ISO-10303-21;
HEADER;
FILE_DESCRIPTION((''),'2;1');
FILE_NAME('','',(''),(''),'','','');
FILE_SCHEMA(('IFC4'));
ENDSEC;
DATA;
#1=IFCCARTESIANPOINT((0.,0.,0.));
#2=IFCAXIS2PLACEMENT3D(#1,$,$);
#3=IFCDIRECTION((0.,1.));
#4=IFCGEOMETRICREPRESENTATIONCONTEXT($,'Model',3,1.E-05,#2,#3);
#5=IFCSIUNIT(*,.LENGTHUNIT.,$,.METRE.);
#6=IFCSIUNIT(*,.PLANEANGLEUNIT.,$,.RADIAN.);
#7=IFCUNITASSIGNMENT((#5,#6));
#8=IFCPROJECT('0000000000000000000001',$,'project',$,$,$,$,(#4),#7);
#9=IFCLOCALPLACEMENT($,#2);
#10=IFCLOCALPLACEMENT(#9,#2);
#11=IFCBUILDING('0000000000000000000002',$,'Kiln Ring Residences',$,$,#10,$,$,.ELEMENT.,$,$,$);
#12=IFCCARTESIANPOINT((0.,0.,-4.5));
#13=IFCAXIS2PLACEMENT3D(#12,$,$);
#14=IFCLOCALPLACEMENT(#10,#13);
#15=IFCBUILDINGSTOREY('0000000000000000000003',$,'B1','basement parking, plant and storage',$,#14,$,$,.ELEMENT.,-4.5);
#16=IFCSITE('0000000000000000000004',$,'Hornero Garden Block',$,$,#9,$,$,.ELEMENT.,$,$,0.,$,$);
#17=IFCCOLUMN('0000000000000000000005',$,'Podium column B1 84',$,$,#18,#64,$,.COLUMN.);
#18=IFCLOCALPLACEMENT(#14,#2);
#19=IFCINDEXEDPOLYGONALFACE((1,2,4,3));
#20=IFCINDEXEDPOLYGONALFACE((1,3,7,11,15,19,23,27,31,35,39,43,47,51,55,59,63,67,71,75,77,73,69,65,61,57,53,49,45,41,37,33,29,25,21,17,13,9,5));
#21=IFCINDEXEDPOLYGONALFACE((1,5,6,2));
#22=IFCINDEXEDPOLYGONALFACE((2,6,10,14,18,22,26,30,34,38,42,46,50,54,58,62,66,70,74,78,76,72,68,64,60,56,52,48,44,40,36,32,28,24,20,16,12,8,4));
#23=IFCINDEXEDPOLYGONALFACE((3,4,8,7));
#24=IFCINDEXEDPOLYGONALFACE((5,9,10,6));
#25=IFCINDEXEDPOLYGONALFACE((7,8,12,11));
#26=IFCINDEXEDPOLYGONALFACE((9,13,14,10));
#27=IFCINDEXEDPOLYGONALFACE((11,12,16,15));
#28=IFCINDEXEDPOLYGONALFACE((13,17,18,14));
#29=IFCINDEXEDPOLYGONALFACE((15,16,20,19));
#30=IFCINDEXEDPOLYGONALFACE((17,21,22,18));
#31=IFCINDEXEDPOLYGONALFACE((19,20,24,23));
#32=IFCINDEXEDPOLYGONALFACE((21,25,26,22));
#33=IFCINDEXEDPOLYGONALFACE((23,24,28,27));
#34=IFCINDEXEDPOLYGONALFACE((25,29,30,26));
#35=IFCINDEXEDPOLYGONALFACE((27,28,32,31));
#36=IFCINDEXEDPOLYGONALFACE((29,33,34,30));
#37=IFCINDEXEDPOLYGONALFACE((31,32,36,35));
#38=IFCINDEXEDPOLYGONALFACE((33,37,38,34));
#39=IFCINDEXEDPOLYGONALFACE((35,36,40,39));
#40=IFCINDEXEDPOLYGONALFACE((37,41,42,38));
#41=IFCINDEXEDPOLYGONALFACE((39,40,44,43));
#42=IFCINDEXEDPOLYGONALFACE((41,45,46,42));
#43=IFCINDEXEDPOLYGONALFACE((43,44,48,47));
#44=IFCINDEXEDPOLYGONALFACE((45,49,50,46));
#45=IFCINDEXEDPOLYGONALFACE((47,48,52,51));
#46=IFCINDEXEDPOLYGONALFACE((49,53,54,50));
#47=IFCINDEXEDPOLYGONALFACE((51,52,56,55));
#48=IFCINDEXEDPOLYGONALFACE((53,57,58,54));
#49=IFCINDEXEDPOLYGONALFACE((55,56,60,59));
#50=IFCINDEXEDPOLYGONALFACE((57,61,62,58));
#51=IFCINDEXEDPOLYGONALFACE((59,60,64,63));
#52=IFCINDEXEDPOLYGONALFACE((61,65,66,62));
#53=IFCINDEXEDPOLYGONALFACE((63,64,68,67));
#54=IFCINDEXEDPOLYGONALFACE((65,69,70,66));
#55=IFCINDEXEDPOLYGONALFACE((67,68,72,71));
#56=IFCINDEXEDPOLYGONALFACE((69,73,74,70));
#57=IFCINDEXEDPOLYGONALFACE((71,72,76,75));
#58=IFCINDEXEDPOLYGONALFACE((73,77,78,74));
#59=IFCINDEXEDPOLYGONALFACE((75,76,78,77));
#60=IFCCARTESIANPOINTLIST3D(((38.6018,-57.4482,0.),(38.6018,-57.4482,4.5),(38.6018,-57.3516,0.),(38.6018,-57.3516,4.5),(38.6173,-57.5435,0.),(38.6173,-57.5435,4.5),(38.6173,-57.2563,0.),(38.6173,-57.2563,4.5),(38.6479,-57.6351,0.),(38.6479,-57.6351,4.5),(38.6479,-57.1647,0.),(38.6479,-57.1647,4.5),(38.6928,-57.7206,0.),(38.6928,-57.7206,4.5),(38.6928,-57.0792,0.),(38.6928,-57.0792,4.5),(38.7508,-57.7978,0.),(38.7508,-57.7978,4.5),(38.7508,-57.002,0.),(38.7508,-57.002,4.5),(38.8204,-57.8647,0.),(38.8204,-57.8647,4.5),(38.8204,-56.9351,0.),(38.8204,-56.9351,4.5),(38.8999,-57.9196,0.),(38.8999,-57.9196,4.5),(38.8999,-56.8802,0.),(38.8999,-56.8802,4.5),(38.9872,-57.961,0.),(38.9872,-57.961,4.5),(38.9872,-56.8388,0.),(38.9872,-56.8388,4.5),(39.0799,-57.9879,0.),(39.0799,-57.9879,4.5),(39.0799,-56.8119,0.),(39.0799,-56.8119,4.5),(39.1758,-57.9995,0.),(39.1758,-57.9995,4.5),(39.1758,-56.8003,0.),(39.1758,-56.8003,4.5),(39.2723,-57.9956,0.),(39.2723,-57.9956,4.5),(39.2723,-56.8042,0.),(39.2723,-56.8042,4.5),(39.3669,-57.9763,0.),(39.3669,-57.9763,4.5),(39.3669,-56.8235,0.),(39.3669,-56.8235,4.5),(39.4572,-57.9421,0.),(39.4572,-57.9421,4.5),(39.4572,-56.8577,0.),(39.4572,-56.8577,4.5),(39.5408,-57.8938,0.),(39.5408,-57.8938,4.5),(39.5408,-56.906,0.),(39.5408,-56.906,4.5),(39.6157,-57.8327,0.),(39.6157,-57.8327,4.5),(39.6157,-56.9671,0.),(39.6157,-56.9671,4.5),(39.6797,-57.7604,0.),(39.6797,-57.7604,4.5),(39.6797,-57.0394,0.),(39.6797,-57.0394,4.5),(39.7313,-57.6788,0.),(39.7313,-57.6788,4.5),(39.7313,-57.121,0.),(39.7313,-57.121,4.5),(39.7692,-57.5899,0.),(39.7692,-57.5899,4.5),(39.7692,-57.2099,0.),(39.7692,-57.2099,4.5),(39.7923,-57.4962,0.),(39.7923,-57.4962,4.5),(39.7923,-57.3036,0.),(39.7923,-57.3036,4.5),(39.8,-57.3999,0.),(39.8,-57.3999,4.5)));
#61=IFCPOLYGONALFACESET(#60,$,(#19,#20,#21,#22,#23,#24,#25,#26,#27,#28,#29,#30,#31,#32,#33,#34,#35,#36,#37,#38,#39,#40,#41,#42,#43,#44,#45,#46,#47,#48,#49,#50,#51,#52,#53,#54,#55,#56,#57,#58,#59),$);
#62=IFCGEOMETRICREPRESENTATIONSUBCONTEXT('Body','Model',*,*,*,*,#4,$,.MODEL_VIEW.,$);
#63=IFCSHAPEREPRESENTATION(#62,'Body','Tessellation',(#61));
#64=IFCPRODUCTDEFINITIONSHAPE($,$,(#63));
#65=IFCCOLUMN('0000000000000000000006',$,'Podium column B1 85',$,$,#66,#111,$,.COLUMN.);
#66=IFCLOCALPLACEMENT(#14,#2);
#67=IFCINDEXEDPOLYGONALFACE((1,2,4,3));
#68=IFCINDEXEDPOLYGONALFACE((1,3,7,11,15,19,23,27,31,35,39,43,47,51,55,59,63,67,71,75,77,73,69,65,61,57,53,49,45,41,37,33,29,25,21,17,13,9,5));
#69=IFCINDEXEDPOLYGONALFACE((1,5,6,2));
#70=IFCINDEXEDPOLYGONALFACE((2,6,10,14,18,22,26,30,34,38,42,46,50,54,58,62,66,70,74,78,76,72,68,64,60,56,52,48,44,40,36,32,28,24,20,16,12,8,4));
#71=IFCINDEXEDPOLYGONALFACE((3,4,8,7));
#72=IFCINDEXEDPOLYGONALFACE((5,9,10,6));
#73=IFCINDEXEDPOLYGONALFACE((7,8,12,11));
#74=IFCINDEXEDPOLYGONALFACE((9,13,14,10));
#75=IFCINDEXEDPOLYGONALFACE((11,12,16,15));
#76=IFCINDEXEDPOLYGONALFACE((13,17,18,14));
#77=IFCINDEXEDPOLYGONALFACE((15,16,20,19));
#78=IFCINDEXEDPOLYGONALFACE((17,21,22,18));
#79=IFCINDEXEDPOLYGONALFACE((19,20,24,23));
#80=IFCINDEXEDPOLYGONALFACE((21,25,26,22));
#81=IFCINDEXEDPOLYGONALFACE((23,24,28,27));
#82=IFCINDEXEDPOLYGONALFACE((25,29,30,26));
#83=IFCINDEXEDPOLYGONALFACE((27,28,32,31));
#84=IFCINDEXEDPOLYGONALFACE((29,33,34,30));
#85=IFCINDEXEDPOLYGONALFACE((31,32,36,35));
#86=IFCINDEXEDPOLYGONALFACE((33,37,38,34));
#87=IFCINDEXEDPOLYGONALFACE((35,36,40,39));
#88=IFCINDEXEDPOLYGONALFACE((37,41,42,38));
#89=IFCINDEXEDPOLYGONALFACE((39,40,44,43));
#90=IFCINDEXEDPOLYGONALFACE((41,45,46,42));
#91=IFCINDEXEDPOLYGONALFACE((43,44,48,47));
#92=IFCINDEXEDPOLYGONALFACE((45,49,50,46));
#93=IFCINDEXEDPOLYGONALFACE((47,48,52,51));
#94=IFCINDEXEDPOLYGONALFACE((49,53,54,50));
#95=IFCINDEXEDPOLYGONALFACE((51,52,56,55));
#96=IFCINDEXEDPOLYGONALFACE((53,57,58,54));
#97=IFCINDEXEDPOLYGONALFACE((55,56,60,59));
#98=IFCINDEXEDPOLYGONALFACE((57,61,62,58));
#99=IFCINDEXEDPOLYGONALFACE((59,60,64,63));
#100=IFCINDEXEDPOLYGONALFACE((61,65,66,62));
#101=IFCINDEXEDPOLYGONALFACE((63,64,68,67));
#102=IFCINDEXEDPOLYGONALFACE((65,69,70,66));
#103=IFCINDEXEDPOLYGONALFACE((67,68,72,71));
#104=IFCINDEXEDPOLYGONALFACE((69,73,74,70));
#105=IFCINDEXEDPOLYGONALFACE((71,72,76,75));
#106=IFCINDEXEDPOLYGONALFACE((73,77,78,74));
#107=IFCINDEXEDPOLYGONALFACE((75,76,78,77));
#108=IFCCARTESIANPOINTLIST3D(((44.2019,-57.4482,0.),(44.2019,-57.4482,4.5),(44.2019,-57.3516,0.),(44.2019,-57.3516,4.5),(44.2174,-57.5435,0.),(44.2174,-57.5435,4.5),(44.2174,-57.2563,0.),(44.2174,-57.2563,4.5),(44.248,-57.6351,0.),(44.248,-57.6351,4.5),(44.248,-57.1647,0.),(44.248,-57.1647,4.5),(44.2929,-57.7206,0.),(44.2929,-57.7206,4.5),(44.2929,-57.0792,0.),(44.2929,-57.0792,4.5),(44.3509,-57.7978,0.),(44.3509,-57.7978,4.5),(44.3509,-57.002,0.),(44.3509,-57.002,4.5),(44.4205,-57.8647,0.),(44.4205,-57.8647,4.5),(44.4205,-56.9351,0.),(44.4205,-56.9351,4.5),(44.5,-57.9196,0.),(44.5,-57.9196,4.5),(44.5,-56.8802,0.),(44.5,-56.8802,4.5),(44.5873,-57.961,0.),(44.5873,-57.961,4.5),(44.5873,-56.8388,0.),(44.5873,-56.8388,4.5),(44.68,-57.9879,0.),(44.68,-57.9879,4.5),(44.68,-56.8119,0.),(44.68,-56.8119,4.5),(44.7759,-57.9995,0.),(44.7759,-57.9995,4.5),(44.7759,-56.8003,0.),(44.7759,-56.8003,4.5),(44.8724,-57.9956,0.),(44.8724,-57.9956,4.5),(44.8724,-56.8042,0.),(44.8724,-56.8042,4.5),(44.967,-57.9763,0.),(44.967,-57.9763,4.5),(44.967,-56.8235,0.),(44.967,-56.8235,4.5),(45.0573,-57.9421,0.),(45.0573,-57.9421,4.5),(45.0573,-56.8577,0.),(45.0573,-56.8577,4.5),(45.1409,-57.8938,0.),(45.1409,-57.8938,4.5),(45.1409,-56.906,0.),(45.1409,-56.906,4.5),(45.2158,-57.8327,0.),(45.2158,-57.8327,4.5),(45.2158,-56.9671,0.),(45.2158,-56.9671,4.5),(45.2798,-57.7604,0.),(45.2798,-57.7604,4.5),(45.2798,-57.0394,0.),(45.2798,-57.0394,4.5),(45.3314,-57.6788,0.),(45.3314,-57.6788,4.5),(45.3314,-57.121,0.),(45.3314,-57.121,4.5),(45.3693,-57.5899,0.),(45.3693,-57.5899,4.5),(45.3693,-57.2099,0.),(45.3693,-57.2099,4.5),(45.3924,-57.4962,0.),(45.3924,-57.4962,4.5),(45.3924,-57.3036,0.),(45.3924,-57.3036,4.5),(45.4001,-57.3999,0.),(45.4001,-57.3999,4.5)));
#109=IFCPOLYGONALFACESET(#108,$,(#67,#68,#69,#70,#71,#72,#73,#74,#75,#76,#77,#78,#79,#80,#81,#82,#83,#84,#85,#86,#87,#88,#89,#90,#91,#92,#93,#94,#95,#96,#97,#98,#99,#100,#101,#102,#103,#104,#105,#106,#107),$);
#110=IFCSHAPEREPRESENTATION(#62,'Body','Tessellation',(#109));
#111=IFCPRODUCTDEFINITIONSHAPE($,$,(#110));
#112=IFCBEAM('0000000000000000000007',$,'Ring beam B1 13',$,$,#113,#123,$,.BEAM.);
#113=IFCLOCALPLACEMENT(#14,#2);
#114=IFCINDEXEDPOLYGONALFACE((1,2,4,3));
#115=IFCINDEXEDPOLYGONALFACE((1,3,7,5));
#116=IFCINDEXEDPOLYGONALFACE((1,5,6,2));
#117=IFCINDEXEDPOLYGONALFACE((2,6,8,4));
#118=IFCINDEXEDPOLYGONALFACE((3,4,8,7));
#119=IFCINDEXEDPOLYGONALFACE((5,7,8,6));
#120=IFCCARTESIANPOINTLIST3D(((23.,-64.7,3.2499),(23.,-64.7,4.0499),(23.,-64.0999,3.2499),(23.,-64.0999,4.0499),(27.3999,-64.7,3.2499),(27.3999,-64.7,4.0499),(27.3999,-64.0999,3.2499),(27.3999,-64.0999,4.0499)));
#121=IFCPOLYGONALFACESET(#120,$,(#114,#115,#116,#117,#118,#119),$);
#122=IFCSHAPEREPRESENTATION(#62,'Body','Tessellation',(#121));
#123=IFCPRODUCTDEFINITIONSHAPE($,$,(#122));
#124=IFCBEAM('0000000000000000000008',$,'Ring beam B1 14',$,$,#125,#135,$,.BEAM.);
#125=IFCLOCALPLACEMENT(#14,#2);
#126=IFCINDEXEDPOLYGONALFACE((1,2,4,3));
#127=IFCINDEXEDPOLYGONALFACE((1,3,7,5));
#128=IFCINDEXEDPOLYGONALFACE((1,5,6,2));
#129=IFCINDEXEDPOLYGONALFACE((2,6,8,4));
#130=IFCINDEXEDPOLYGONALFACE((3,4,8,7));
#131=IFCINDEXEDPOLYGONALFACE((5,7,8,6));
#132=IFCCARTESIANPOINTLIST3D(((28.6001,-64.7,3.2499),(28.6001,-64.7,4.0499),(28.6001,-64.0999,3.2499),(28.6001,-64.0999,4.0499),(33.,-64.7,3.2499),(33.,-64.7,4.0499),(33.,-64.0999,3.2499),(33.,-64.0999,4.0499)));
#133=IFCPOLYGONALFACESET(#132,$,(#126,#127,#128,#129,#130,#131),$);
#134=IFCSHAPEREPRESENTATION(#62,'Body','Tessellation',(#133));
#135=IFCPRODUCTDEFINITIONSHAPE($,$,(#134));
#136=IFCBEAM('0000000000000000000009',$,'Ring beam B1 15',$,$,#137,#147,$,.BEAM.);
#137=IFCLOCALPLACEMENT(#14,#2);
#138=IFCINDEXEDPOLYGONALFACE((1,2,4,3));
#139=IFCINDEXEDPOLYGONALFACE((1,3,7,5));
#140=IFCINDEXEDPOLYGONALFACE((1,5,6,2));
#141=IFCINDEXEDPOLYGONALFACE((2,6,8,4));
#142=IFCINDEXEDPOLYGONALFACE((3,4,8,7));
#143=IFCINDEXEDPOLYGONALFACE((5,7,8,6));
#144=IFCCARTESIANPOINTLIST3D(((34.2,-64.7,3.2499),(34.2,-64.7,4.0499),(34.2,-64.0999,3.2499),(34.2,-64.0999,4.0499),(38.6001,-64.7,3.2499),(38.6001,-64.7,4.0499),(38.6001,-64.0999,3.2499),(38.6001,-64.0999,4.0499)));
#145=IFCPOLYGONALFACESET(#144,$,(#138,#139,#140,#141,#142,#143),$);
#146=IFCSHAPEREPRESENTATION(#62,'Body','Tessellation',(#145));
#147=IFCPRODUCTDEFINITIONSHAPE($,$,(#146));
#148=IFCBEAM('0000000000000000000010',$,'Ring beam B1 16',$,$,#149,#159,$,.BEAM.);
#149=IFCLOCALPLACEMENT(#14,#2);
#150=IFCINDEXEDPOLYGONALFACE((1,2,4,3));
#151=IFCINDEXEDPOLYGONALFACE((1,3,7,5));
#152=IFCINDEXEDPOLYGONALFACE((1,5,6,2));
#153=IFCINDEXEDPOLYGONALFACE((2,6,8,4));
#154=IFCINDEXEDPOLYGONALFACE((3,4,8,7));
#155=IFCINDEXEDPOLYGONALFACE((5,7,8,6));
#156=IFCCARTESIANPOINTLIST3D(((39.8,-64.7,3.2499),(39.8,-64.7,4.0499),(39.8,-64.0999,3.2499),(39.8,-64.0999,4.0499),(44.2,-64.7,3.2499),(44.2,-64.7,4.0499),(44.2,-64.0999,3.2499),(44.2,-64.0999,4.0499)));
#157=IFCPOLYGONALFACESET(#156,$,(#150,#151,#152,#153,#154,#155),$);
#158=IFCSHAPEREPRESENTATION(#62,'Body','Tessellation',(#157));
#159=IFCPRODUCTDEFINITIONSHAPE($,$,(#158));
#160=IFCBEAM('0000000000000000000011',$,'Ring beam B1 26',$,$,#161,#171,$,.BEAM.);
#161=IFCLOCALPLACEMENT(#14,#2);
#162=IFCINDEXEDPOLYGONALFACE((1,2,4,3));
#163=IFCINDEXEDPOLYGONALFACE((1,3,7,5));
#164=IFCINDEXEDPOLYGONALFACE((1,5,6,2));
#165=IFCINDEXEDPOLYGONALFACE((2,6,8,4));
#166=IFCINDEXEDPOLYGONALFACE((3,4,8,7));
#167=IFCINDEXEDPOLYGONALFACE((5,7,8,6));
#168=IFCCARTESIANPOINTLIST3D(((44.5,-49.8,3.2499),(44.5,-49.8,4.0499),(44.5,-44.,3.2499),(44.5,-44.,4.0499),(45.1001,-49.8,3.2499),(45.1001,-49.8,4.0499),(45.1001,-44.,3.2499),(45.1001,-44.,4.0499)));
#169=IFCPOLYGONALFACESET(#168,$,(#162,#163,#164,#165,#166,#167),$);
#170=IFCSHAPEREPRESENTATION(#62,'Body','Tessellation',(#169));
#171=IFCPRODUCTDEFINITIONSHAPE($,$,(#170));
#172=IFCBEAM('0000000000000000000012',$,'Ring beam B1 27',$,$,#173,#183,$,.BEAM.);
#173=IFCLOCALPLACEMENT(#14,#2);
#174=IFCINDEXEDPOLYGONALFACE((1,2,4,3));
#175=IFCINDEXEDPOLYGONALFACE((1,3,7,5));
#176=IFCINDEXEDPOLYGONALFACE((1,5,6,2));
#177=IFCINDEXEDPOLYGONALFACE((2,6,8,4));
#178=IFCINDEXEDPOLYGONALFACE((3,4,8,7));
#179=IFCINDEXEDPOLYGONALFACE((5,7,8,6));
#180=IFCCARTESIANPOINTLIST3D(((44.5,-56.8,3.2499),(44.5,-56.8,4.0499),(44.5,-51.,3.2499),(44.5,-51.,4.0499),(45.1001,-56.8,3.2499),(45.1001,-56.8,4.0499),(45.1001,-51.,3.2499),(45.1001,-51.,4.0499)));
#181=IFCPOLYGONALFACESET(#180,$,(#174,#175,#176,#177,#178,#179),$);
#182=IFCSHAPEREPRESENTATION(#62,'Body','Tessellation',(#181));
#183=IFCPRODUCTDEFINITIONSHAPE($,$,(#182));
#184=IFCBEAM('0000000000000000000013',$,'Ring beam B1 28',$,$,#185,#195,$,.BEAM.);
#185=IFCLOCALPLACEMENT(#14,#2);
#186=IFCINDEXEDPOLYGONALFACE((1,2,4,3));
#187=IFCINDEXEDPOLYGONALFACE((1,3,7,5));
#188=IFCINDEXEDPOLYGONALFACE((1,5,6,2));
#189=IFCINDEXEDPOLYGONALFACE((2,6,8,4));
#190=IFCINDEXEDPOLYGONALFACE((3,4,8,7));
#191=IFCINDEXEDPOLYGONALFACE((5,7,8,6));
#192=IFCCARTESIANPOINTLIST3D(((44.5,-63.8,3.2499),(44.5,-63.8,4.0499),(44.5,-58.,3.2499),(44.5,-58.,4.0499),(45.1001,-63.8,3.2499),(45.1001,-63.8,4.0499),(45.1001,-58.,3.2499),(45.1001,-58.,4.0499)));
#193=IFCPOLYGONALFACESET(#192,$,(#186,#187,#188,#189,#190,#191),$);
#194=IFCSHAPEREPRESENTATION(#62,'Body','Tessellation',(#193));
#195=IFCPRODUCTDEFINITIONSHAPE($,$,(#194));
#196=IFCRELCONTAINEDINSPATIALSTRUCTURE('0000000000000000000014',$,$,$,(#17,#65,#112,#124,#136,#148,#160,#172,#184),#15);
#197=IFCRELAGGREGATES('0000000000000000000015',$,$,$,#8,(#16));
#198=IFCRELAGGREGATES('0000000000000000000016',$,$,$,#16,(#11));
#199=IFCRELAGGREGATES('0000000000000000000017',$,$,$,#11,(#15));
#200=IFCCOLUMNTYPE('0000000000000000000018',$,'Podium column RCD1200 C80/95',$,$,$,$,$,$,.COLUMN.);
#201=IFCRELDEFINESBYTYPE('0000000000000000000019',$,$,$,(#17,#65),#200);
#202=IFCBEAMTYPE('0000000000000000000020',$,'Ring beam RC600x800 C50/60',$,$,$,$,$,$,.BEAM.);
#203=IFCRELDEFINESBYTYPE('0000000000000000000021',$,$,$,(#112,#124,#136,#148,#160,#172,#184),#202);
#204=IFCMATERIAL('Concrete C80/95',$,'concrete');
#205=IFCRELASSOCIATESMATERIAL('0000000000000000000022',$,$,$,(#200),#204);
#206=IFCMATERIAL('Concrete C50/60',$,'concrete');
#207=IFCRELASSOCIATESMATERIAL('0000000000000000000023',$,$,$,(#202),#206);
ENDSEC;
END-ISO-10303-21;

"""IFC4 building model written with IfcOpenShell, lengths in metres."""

from ifc_helpers import new_model, si_unit, direction, frame, origin, origin_2d, place, context, subcontext, project, spatial, rectangle, circle, extrude, material, material_profile, profile_set, type_object, element, save


model = new_model("IFC4")

# Units and contexts
model_context = context("Model", 3, precision=1e-05, world=origin(), true_north=direction((0.0, 1.0)))
body_context = subcontext(model_context, "Body", "Model", "MODEL_VIEW")
ifc_project = project(units=[si_unit("LENGTHUNIT", "METRE"), si_unit("PLANEANGLEUNIT", "RADIAN")], contexts=[model_context])

# Site, building, storey
site_placement = place(None, origin())
site = spatial("IfcSite", under=ifc_project, at=site_placement, Name="Hornero Garden Block", CompositionType="ELEMENT", RefElevation=0.0)
building_placement = place(site_placement, origin())
building = spatial("IfcBuilding", under=site, at=building_placement, Name="Kiln Ring Residences", CompositionType="ELEMENT")
storey_placement = place(building_placement, frame((0.0, 0.0, -4.5)))
storey = spatial("IfcBuildingStorey", under=building, at=storey_placement, Name="B1", Description="basement parking, plant and storage", CompositionType="ELEMENT", Elevation=-4.5)

# Columns
ifc_material_1 = material(Name="Concrete C80/95", Category="concrete")
ifc_material_profile_1 = material_profile(ifc_material_1, circle(Radius=0.6001, at=origin_2d()), Name="RCD1200")
ifc_profile_set_1 = profile_set([ifc_material_profile_1], Name="Concrete C80/95")
column_type = type_object("IfcColumnType", Name="Podium column RCD1200 C80/95", PredefinedType="COLUMN", material=ifc_profile_set_1)
for number, where, z_axis, x_axis, name in (
    (1, (39.2, -57.3999, 0.0), (0.0, 0.0, 1.0), (1.0, 0.0, 0.0), "Podium column B1 84"),
    (2, (44.8, -57.3999, 0.0), (0.0, 0.0, 1.0), (1.0, 0.0, 0.0), "Podium column B1 85"),
):
    element("IfcColumn", number, at=place(storey_placement, frame(where, z_axis=z_axis, x_axis=x_axis)), inside=storey, type_object=column_type, Name=name, PredefinedType="COLUMN", context=body_context, shape_type="SweptSolid", body=[
        extrude(circle(Radius=0.6001, at=origin_2d()), origin(), (0.0, 0.0, 1.0), 4.5),
    ])

# Beams
ifc_material_2 = material(Name="Concrete C50/60", Category="concrete")
ifc_material_profile_2 = material_profile(ifc_material_2, rectangle(XDim=0.6001, YDim=0.8, at=origin_2d()), Name="RC600x800")
ifc_profile_set_2 = profile_set([ifc_material_profile_2], Name="Concrete C50/60")
beam_type = type_object("IfcBeamType", Name="Ring beam RC600x800 C50/60", PredefinedType="BEAM", material=ifc_profile_set_2)
for number, where, z_axis, x_axis, name in (
    (3, (23.0, -64.3999, 3.6499), (1.0, 0.0, 0.0), (0.0, 1.0, 0.0), "Ring beam B1 13"),
    (4, (28.6001, -64.3999, 3.6499), (1.0, 0.0, 0.0), (0.0, 1.0, 0.0), "Ring beam B1 14"),
):
    element("IfcBeam", number, at=place(storey_placement, frame(where, z_axis=z_axis, x_axis=x_axis)), inside=storey, type_object=beam_type, Name=name, PredefinedType="BEAM", context=body_context, shape_type="SweptSolid", body=[
        extrude(rectangle(XDim=0.6001, YDim=0.8, at=origin_2d()), origin(), (0.0, 0.0, 1.0), 4.3999),
    ])
beam_1_placement = place(storey_placement, frame((34.2, -64.3999, 3.6499), z_axis=(1.0, 0.0, 0.0), x_axis=(0.0, 1.0, 0.0)))
element("IfcBeam", 5, at=beam_1_placement, inside=storey, type_object=beam_type, Name="Ring beam B1 15", PredefinedType="BEAM", context=body_context, shape_type="SweptSolid", body=[
    extrude(rectangle(XDim=0.6001, YDim=0.8, at=origin_2d()), origin(), (0.0, 0.0, 1.0), 4.4001),
])
beam_2_placement = place(storey_placement, frame((39.8, -64.3999, 3.6499), z_axis=(1.0, 0.0, 0.0), x_axis=(0.0, 1.0, 0.0)))
element("IfcBeam", 6, at=beam_2_placement, inside=storey, type_object=beam_type, Name="Ring beam B1 16", PredefinedType="BEAM", context=body_context, shape_type="SweptSolid", body=[
    extrude(rectangle(XDim=0.6001, YDim=0.8, at=origin_2d()), origin(), (0.0, 0.0, 1.0), 4.3999),
])
for number, where, z_axis, x_axis, name in (
    (7, (44.8, -44.0, 3.6499), (0.0, -1.0, 0.0), (1.0, 0.0, 0.0), "Ring beam B1 26"),
    (8, (44.8, -51.0, 3.6499), (0.0, -1.0, 0.0), (1.0, 0.0, 0.0), "Ring beam B1 27"),
    (9, (44.8, -58.0, 3.6499), (0.0, -1.0, 0.0), (1.0, 0.0, 0.0), "Ring beam B1 28"),
):
    element("IfcBeam", number, at=place(storey_placement, frame(where, z_axis=z_axis, x_axis=x_axis)), inside=storey, type_object=beam_type, Name=name, PredefinedType="BEAM", context=body_context, shape_type="SweptSolid", body=[
        extrude(rectangle(XDim=0.6001, YDim=0.8, at=origin_2d()), origin(), (0.0, 0.0, 1.0), 5.8),
    ])

save(model, "model.ifc")
